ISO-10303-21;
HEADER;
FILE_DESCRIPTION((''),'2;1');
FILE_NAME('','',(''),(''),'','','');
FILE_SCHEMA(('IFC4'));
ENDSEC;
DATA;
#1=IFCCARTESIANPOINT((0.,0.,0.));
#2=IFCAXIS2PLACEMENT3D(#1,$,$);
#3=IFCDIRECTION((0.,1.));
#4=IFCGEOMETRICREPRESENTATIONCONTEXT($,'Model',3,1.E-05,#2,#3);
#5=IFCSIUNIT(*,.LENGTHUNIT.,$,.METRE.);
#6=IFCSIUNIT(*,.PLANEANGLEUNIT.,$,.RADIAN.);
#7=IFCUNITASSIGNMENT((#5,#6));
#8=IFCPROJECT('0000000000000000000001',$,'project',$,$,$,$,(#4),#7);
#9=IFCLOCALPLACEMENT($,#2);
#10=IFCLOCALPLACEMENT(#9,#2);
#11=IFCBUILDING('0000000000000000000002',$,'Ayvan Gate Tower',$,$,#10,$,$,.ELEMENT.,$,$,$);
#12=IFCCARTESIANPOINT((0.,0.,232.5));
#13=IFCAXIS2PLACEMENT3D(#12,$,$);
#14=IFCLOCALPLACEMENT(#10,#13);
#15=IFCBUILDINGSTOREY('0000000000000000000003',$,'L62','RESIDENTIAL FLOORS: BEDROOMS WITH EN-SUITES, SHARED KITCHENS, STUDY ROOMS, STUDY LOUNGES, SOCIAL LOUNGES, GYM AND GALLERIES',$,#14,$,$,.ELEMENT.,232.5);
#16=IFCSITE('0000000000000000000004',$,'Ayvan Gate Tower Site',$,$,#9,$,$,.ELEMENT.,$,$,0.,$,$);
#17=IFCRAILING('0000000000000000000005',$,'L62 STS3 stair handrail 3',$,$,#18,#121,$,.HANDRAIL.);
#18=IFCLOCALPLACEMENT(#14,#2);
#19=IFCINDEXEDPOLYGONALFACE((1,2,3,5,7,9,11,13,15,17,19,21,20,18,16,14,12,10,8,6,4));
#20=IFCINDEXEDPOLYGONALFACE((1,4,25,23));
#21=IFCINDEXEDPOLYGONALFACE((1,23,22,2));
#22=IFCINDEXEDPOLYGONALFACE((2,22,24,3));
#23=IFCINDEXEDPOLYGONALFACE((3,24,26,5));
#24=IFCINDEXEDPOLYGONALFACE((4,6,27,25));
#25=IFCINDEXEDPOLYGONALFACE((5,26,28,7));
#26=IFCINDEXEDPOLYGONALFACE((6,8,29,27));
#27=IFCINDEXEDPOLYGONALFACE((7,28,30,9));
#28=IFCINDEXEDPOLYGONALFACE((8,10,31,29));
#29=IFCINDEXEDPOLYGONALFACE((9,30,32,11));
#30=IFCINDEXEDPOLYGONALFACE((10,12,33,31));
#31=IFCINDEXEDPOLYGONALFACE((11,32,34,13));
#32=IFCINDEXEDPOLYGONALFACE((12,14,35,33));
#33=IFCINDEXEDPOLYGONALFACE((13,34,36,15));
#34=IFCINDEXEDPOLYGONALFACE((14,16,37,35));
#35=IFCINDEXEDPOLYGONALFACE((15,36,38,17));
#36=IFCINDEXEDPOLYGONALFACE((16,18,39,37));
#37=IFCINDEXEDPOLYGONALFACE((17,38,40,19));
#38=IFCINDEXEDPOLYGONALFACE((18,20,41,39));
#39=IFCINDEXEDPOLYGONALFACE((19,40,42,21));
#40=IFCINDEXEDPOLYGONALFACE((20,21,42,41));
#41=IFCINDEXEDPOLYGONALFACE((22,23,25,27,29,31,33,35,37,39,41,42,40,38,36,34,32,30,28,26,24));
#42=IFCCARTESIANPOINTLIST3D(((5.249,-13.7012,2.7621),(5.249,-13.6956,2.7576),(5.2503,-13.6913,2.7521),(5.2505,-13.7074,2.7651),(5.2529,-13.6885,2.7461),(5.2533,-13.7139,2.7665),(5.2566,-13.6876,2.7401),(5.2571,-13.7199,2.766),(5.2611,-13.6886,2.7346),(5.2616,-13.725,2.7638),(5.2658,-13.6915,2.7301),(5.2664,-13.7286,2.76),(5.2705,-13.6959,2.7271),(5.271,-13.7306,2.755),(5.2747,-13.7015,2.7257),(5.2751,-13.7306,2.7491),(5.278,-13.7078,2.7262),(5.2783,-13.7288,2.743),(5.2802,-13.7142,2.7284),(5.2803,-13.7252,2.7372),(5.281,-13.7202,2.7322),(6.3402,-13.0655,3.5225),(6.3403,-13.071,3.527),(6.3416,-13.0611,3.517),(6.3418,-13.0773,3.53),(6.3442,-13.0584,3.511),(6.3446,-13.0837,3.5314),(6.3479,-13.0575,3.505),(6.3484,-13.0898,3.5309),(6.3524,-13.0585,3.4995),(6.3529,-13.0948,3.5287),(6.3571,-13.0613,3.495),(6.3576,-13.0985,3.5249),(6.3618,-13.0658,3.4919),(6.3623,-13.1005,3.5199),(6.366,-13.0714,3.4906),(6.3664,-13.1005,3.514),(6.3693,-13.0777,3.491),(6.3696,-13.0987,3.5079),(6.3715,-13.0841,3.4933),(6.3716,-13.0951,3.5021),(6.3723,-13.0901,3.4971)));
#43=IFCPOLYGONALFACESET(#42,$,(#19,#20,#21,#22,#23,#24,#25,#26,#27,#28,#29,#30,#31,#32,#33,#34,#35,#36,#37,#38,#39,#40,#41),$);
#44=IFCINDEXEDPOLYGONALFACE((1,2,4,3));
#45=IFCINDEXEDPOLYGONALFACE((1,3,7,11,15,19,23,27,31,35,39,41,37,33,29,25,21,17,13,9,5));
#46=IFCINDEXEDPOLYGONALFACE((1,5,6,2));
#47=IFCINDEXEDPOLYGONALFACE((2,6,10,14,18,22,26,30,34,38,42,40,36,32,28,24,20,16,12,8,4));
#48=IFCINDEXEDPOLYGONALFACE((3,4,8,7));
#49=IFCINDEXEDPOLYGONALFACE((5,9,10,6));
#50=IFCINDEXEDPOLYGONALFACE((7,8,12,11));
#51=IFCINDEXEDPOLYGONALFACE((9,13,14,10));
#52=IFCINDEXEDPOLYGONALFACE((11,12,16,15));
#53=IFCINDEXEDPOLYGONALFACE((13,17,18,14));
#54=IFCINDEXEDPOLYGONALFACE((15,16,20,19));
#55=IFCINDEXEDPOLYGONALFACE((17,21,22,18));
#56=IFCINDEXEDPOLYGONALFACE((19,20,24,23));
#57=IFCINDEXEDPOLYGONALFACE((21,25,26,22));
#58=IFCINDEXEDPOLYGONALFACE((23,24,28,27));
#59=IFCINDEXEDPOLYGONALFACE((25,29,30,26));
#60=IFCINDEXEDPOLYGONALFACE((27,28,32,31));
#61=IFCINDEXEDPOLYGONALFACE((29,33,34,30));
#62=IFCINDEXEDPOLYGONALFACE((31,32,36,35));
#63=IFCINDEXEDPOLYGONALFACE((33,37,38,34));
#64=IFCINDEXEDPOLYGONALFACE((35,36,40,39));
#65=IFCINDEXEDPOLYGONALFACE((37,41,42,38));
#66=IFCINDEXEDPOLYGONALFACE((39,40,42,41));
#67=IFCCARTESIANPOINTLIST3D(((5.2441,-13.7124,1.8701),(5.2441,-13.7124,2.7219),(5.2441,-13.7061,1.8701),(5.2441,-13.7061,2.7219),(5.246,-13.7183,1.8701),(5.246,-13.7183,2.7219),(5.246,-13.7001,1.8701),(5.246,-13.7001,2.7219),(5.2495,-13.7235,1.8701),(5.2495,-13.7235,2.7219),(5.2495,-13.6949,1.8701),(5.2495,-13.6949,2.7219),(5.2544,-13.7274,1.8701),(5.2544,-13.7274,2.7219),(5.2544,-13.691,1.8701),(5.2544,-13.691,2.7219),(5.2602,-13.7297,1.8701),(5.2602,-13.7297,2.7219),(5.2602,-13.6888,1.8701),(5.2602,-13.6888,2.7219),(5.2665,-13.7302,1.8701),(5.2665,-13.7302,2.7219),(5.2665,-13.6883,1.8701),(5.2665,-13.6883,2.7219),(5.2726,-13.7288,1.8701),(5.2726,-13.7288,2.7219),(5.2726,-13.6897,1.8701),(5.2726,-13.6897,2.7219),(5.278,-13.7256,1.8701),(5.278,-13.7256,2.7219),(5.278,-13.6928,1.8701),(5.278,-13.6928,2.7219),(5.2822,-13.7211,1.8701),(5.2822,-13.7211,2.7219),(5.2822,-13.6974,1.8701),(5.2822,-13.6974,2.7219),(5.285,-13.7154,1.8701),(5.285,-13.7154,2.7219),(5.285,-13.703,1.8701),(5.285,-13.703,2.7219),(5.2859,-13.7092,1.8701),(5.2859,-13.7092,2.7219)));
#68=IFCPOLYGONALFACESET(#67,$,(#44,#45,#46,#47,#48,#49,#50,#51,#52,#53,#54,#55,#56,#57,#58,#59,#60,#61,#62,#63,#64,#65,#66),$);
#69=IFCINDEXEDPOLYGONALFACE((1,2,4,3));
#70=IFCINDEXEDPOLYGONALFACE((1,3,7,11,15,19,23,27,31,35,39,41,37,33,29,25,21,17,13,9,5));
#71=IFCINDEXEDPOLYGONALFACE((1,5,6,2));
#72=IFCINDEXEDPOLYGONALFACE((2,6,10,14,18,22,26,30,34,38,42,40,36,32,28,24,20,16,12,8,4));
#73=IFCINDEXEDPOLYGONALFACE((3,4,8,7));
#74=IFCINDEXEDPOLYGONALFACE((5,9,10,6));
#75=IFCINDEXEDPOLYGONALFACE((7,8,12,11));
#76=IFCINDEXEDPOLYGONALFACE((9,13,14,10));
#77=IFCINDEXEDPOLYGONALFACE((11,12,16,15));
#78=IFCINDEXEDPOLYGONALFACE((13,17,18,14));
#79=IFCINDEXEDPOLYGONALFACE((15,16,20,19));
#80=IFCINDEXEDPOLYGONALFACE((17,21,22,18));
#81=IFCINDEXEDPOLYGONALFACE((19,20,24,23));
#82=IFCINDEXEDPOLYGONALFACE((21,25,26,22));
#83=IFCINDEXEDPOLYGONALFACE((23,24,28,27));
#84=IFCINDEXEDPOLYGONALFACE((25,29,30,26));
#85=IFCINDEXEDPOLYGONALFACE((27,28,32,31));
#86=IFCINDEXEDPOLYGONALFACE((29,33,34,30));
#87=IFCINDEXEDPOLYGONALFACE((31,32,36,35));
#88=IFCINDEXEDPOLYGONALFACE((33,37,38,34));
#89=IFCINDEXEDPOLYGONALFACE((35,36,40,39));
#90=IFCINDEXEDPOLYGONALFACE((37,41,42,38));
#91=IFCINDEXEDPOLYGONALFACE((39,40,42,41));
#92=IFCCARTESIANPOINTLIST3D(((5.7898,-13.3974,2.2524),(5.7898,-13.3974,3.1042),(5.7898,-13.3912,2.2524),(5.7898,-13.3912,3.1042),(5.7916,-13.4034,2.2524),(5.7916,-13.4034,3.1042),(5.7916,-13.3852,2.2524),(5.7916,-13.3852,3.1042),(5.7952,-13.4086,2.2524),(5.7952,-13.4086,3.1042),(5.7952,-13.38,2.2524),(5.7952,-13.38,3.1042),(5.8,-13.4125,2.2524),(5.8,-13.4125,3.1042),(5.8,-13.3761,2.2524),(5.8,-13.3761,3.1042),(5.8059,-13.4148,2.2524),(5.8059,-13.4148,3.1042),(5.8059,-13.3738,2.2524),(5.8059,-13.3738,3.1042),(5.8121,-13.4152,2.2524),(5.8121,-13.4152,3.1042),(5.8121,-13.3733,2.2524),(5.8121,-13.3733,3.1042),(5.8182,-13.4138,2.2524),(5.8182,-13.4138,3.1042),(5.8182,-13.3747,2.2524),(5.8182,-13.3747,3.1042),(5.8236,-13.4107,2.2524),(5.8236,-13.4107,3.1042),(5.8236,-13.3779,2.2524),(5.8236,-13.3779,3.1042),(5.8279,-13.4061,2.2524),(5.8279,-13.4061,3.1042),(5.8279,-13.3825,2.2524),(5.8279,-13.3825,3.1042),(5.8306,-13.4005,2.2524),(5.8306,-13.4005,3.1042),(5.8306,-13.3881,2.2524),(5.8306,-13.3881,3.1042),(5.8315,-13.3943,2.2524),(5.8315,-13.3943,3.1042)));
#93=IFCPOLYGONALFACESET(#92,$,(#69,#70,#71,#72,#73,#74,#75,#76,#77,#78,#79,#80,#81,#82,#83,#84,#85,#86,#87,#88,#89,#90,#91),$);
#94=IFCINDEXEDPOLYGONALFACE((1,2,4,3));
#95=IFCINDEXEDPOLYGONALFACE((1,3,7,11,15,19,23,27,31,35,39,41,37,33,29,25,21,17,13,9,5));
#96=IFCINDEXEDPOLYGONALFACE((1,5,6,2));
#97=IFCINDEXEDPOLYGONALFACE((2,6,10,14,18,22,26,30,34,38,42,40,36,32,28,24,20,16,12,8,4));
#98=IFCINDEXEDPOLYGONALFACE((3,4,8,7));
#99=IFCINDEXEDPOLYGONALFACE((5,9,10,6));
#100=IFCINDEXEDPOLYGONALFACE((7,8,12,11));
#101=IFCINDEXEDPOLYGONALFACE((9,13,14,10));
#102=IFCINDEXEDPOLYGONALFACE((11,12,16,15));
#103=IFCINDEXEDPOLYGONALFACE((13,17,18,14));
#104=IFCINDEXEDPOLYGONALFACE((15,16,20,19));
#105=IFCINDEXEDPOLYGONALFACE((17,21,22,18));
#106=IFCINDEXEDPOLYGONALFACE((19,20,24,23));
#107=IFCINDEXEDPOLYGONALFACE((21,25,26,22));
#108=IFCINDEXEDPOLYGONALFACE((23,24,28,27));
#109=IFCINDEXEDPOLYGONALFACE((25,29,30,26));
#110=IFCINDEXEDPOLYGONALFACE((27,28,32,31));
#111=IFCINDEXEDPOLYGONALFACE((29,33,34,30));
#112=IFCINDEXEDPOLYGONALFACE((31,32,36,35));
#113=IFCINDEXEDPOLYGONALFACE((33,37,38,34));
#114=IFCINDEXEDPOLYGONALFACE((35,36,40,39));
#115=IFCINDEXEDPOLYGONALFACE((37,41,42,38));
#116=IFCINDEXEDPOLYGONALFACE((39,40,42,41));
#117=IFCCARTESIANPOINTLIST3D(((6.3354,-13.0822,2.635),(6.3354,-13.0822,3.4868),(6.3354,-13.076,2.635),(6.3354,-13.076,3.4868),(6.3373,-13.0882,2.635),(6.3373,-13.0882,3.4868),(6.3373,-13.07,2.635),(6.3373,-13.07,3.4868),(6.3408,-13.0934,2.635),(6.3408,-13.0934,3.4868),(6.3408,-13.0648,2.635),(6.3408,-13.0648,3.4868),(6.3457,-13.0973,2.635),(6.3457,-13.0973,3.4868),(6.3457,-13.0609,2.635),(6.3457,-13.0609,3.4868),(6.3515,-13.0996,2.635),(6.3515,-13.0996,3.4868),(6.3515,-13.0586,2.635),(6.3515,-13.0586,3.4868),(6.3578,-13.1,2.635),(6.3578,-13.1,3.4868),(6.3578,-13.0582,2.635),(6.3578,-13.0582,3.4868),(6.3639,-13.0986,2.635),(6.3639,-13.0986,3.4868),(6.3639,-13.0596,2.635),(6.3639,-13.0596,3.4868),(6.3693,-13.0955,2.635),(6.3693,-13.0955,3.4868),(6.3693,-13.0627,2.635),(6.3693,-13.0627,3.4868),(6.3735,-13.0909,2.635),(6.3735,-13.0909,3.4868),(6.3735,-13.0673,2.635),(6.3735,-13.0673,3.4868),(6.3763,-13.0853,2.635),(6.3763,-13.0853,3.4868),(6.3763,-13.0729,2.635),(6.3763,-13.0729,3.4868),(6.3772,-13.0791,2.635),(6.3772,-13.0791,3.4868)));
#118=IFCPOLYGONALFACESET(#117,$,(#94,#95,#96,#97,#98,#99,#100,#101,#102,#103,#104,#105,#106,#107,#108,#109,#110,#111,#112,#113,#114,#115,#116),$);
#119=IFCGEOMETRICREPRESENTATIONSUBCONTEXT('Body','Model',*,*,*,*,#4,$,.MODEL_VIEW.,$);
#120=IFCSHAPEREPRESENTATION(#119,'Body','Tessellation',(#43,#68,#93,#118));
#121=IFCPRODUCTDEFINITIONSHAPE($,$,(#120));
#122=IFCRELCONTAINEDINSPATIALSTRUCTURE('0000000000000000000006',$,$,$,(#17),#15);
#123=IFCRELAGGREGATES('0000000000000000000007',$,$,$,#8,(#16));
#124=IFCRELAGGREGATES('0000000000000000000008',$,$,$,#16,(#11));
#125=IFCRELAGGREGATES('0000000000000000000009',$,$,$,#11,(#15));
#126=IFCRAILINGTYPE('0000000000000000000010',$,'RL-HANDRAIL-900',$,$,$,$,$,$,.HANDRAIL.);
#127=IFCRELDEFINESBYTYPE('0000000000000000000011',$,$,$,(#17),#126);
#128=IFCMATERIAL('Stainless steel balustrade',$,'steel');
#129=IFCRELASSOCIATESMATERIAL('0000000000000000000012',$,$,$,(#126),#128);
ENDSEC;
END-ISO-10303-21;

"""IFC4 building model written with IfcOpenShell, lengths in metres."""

from ifc_helpers import new_model, si_unit, direction, frame, origin, origin_2d, place, context, subcontext, project, spatial, circle, extrude, material, type_object, element, save


model = new_model("IFC4")

# Units and contexts
model_context = context("Model", 3, precision=1e-05, world=origin(), true_north=direction((0.0, 1.0)))
body_context = subcontext(model_context, "Body", "Model", "MODEL_VIEW")
ifc_project = project(units=[si_unit("LENGTHUNIT", "METRE"), si_unit("PLANEANGLEUNIT", "RADIAN")], contexts=[model_context])

# Site, building, storey
site_placement = place(None, origin())
site = spatial("IfcSite", under=ifc_project, at=site_placement, Name="Ayvan Gate Tower Site", CompositionType="ELEMENT", RefElevation=0.0)
building_placement = place(site_placement, origin())
building = spatial("IfcBuilding", under=site, at=building_placement, Name="Ayvan Gate Tower", CompositionType="ELEMENT")
storey_placement = place(building_placement, frame((0.0, 0.0, 232.5)))
storey = spatial("IfcBuildingStorey", under=building, at=storey_placement, Name="L62", Description="RESIDENTIAL FLOORS: BEDROOMS WITH EN-SUITES, SHARED KITCHENS, STUDY ROOMS, STUDY LOUNGES, SOCIAL LOUNGES, GYM AND GALLERIES", CompositionType="ELEMENT", Elevation=232.5)

# Railing
ifc_material_1 = material(Name="Stainless steel balustrade", Category="steel")
railing_type_1 = type_object("IfcRailingType", Name="RL-HANDRAIL-900", PredefinedType="HANDRAIL", material=ifc_material_1)
railing_1_placement = place(storey_placement, frame((5.2649, -13.7092, 1.8701)))
element("IfcRailing", 1, at=railing_1_placement, inside=storey, type_object=railing_type_1, Name="L62 STS3 stair handrail 3", PredefinedType="HANDRAIL", context=body_context, shape_type="SweptSolid", body=[
    extrude(circle(Radius=0.0239, at=origin_2d()), frame((0.0, 0.0, 0.876), z_axis=(0.740304, 0.427455, 0.518875), x_axis=(-0.500035, 0.866005, 0.0)), (0.0, 0.0, 1.0), 1.4741),
    extrude(circle(Radius=0.021, at=origin_2d()), origin(), (0.0, 0.0, 1.0), 0.8518),
    extrude(circle(Radius=0.021, at=origin_2d()), frame((0.5457, 0.3149, 0.3823)), (0.0, 0.0, 1.0), 0.8518),
    extrude(circle(Radius=0.021, at=origin_2d()), frame((1.0913, 0.6301, 0.7649)), (0.0, 0.0, 1.0), 0.8518),
])

save(model, "model.ifc")
